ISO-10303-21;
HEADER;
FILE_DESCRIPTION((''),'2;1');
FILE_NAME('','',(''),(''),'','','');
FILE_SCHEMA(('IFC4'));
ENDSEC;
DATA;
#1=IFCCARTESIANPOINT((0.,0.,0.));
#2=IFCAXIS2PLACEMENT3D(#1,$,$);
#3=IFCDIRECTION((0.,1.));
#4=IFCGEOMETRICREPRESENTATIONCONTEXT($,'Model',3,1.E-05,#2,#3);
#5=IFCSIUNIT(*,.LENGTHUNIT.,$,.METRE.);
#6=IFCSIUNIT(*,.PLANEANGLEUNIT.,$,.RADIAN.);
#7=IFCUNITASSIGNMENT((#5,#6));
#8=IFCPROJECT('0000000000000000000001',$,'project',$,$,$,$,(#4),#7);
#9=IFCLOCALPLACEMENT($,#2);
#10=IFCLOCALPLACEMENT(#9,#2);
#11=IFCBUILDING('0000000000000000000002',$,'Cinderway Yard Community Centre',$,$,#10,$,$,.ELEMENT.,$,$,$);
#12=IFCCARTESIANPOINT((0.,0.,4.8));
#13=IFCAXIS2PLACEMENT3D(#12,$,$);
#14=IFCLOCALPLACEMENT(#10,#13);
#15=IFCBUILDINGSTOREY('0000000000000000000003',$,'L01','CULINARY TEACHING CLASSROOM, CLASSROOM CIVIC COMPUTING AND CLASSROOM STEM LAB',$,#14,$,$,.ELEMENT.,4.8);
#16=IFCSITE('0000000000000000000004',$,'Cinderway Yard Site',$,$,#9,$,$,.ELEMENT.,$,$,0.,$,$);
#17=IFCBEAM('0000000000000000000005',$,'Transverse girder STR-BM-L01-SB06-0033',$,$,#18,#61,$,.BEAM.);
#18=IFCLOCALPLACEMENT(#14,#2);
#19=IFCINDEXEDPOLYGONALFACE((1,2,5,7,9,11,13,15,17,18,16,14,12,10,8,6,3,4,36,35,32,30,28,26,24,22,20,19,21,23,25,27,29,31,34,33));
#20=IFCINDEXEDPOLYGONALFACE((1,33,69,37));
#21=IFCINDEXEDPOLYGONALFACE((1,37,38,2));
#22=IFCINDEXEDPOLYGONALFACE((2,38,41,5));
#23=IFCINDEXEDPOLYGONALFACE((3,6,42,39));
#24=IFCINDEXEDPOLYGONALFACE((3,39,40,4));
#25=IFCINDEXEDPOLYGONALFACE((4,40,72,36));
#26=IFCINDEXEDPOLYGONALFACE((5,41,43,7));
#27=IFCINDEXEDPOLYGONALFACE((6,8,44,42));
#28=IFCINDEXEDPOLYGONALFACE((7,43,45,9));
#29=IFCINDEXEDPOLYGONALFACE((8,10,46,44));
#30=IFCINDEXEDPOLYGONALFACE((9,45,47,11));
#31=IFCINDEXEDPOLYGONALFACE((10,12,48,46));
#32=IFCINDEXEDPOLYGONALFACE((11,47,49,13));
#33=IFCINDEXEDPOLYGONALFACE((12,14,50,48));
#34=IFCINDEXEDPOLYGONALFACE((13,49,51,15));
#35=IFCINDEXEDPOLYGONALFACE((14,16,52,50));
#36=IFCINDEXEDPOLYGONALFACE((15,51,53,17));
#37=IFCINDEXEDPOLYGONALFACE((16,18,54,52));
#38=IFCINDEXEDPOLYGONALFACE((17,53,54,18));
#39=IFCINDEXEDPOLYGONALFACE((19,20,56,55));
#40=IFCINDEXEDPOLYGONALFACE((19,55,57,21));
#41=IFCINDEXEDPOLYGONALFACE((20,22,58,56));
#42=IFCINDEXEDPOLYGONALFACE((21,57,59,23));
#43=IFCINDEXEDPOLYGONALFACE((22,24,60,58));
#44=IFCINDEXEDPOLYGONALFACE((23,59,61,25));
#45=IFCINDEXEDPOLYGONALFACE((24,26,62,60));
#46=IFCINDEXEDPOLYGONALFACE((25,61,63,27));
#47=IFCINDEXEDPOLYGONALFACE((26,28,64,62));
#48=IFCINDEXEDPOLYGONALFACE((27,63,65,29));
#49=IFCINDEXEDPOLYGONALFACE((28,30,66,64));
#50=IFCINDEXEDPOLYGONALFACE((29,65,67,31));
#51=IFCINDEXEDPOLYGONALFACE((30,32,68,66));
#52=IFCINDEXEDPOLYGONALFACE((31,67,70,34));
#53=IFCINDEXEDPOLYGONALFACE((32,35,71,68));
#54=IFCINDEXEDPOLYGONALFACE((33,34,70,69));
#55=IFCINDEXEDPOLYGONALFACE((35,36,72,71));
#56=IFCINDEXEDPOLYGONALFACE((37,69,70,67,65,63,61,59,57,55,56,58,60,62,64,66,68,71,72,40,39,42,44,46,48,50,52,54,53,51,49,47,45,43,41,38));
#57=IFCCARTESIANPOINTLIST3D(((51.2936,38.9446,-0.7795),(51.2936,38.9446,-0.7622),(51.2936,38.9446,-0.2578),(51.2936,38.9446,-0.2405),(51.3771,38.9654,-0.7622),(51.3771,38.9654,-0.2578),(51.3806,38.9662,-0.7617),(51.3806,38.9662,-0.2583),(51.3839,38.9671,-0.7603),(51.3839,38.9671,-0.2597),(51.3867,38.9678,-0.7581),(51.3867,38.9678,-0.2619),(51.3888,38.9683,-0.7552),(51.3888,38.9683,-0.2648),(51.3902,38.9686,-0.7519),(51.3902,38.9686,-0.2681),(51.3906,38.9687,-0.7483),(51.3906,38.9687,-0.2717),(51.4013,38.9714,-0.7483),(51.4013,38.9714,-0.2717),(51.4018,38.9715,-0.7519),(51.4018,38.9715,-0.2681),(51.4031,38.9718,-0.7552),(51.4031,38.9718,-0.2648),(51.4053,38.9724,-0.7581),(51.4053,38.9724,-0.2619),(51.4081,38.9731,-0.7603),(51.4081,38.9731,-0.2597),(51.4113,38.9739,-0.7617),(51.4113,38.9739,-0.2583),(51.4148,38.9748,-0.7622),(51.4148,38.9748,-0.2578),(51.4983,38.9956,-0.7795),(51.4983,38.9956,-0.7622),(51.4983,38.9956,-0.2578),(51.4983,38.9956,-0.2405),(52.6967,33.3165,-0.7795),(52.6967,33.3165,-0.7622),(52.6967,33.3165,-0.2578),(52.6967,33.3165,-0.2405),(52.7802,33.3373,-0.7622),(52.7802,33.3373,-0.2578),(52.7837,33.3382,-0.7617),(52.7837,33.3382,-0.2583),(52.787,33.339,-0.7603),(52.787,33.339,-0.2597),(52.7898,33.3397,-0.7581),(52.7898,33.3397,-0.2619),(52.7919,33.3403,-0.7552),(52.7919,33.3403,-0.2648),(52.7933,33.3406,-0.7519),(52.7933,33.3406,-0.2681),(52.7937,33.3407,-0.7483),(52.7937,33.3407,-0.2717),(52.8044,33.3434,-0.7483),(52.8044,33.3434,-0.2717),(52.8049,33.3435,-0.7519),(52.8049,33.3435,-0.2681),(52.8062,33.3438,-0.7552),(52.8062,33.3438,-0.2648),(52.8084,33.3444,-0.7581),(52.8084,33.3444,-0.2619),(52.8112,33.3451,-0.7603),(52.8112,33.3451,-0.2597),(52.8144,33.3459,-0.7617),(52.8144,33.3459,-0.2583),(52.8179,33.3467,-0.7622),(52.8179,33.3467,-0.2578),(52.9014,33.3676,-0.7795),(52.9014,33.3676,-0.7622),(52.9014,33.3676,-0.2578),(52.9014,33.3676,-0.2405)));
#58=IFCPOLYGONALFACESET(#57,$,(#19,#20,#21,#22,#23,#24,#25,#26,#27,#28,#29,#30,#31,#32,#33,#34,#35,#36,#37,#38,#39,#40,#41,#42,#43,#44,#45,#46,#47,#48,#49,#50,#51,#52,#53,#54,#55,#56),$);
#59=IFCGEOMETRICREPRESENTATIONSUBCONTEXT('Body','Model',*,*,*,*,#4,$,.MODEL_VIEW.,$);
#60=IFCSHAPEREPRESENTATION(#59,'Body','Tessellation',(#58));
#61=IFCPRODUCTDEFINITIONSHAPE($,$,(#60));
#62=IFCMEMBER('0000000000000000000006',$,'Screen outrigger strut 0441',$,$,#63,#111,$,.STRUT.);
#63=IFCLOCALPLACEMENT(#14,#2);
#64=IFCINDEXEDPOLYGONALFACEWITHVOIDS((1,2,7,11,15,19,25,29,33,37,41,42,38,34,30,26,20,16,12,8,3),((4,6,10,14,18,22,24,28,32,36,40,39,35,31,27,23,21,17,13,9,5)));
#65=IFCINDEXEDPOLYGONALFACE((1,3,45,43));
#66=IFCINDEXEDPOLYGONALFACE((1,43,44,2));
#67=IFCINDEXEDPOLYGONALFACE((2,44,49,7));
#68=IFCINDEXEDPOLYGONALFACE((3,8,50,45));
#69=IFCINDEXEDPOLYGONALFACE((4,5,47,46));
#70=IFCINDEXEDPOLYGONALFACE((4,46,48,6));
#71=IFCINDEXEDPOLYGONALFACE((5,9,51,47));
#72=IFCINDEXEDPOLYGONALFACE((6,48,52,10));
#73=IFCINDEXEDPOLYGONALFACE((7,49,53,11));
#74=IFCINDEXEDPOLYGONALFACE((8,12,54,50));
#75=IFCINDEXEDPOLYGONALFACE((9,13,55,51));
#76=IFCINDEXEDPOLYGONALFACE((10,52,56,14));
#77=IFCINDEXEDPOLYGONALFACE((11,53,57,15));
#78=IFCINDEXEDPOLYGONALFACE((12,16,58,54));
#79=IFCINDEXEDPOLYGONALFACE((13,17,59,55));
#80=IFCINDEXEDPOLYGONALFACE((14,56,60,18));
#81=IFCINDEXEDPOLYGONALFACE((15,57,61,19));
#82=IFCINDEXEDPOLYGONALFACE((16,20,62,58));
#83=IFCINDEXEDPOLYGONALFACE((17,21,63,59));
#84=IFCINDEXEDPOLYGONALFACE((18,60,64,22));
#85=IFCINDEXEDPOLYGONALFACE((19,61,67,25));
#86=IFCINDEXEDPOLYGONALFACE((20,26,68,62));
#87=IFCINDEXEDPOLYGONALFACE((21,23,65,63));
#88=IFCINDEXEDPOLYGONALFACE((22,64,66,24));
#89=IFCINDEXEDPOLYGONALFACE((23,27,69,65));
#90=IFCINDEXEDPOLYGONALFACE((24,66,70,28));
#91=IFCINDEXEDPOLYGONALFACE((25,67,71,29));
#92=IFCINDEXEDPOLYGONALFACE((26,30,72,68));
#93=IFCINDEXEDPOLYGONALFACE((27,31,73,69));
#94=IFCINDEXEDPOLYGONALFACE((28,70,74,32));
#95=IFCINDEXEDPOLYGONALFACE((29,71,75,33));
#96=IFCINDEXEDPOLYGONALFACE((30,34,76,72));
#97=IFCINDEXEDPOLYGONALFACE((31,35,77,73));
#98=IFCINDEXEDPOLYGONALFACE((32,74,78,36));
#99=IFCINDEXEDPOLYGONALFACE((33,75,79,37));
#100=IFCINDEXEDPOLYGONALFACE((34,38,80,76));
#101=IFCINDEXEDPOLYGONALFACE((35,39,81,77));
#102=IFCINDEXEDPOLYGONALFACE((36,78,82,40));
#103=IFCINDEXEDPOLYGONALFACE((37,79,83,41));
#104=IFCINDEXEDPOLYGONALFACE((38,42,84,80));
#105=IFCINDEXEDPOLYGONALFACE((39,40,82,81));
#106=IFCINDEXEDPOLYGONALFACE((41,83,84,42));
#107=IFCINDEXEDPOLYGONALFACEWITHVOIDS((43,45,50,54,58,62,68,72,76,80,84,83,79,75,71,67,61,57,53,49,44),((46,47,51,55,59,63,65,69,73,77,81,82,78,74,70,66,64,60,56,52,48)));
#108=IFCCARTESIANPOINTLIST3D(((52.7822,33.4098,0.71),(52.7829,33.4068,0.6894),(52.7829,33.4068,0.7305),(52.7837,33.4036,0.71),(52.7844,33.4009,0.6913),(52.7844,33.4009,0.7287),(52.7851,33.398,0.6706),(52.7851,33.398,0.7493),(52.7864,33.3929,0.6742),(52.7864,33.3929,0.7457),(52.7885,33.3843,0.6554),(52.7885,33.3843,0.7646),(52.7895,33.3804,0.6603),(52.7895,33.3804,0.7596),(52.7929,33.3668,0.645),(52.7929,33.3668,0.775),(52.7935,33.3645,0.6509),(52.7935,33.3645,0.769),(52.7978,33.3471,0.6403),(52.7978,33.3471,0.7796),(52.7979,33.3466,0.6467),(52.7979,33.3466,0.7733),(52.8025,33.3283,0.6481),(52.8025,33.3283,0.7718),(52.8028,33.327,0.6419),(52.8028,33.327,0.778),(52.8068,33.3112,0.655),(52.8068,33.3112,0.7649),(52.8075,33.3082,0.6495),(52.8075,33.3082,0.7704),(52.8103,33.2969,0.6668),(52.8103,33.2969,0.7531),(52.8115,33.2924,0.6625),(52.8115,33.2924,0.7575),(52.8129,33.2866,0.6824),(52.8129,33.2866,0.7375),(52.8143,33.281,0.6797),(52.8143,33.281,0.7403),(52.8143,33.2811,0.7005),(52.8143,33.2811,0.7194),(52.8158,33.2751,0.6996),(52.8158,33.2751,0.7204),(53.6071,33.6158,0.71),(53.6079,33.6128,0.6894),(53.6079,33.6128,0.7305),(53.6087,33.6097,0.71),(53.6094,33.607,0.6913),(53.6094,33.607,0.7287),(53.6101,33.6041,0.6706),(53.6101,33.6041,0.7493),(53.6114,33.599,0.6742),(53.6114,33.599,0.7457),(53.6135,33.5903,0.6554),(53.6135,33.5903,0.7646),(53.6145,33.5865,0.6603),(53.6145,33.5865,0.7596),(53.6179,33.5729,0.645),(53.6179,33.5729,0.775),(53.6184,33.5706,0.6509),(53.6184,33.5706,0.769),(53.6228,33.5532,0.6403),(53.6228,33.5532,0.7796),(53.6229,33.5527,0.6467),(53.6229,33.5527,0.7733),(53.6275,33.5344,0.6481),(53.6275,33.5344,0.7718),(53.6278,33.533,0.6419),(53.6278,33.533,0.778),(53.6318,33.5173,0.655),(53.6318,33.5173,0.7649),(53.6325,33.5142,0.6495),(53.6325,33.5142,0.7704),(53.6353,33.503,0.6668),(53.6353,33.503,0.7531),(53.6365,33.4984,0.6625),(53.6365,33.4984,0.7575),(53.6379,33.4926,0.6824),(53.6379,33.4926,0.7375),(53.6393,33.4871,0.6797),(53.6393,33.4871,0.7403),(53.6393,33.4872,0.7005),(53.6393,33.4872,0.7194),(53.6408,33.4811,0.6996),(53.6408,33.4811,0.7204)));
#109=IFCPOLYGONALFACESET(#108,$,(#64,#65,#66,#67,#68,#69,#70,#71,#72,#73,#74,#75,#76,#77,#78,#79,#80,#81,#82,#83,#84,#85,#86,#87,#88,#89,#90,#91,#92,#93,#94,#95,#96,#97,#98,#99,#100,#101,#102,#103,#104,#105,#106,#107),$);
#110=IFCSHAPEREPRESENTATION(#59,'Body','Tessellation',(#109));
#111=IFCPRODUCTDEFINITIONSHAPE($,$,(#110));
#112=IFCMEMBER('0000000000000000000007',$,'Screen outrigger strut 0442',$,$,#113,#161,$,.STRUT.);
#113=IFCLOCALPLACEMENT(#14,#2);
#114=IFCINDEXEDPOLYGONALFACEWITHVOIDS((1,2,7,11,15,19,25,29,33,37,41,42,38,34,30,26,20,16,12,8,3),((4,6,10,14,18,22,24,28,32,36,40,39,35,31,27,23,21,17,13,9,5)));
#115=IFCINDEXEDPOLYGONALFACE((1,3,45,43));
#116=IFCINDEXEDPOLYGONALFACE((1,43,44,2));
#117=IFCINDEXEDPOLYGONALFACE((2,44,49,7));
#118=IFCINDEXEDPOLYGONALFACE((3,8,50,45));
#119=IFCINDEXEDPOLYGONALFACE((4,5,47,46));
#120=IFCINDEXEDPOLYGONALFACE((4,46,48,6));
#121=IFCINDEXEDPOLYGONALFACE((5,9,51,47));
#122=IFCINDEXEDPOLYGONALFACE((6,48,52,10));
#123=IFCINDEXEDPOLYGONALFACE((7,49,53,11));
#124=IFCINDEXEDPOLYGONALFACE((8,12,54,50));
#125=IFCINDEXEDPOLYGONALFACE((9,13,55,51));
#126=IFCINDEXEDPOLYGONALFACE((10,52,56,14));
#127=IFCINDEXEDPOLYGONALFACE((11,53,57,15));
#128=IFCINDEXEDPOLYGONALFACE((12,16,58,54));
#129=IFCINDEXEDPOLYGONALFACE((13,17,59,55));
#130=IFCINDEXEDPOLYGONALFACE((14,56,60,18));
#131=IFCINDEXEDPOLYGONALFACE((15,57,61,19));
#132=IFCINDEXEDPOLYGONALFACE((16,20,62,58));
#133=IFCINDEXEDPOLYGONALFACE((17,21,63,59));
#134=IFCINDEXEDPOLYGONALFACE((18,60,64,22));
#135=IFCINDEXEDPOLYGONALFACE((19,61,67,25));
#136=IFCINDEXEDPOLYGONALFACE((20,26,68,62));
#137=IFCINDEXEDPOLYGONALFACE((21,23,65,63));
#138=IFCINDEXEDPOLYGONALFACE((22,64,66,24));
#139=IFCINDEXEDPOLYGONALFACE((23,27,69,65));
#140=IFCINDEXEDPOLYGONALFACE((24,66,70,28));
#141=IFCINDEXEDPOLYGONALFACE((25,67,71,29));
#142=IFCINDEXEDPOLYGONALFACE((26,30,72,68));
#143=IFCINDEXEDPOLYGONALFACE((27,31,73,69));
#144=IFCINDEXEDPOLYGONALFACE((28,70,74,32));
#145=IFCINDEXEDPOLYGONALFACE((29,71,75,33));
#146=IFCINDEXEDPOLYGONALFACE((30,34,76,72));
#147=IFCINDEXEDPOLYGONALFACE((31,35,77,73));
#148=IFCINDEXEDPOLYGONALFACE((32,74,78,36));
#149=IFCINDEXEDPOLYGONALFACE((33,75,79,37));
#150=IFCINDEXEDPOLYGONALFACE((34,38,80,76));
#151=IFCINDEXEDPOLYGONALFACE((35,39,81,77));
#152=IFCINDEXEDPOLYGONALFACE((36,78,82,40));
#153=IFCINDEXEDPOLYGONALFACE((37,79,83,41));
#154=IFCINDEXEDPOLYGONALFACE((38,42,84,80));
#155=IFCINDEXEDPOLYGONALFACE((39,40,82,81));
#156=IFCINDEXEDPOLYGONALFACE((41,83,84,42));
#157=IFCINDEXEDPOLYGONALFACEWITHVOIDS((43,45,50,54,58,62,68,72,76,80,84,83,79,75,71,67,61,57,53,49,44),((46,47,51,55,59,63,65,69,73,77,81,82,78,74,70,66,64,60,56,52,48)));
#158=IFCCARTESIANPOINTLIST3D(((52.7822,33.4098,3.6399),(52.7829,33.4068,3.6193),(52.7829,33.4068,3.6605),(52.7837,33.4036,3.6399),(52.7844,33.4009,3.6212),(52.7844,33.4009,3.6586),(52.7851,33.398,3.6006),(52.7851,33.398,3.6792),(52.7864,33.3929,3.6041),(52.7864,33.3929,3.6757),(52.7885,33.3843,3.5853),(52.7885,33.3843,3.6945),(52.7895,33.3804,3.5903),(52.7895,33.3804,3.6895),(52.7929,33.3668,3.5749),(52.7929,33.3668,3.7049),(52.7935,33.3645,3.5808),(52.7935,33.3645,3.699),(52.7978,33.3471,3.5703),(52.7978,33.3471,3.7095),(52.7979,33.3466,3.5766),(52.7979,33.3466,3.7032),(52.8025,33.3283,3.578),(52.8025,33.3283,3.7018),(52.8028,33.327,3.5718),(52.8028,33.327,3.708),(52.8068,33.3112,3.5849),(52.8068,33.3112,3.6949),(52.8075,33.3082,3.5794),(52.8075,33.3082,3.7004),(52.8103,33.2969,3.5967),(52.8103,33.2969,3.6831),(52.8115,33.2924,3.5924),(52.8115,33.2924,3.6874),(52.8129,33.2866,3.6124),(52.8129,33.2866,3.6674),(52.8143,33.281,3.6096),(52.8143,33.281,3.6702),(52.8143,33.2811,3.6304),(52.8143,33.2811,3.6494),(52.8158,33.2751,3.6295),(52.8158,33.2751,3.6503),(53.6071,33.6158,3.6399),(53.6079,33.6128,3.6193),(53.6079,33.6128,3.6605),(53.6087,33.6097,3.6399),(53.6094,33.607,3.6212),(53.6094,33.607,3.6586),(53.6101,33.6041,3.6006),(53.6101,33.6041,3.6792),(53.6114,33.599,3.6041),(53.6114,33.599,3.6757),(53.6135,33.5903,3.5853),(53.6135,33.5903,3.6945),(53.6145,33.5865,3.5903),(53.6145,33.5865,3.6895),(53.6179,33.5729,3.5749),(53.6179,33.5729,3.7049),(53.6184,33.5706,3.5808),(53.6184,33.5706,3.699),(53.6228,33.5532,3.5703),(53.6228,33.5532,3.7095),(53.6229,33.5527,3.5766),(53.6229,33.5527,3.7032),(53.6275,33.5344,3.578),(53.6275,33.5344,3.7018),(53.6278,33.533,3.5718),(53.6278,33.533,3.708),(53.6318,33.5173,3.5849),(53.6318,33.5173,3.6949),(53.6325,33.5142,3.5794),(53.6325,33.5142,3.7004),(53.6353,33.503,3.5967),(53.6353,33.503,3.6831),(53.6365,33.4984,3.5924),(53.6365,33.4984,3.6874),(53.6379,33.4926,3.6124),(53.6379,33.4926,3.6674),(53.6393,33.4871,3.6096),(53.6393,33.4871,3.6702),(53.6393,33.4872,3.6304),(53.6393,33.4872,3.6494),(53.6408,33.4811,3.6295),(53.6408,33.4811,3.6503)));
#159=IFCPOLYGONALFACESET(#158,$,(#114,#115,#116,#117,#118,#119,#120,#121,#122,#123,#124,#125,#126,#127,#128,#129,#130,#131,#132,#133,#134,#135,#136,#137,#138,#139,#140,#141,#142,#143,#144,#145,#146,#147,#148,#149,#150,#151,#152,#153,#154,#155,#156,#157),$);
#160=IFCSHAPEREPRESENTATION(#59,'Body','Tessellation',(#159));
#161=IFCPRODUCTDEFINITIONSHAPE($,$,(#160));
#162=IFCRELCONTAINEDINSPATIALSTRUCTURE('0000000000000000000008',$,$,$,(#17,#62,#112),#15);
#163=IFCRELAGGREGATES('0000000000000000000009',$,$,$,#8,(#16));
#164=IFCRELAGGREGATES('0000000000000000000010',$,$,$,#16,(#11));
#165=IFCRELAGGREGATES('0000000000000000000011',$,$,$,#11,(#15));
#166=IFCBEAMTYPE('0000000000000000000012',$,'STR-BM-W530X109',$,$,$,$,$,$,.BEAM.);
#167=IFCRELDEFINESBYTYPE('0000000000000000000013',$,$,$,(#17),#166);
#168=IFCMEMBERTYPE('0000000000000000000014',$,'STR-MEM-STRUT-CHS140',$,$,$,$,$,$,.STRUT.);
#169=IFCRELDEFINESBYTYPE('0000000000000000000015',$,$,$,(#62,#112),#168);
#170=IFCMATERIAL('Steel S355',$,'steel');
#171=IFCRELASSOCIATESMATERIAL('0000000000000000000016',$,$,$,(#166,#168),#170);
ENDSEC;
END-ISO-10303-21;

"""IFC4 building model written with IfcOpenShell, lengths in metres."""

from ifc_helpers import new_model, si_unit, direction, frame, origin, origin_2d, place, context, subcontext, project, spatial, hollow_circle, i_section, extrude, material, material_profile, profile_set, type_object, element, save


model = new_model("IFC4")

# Units and contexts
model_context = context("Model", 3, precision=1e-05, world=origin(), true_north=direction((0.0, 1.0)))
body_context = subcontext(model_context, "Body", "Model", "MODEL_VIEW")
ifc_project = project(units=[si_unit("LENGTHUNIT", "METRE"), si_unit("PLANEANGLEUNIT", "RADIAN")], contexts=[model_context])

# Site, building, storey
site_placement = place(None, origin())
site = spatial("IfcSite", under=ifc_project, at=site_placement, Name="Cinderway Yard Site", CompositionType="ELEMENT", RefElevation=0.0)
building_placement = place(site_placement, origin())
building = spatial("IfcBuilding", under=site, at=building_placement, Name="Cinderway Yard Community Centre", CompositionType="ELEMENT")
storey_placement = place(building_placement, frame((0.0, 0.0, 4.8)))
storey = spatial("IfcBuildingStorey", under=building, at=storey_placement, Name="L01", Description="CULINARY TEACHING CLASSROOM, CLASSROOM CIVIC COMPUTING AND CLASSROOM STEM LAB", CompositionType="ELEMENT", Elevation=4.8)

# Shared definitions
ifc_material_1 = material(Name="Steel S355", Category="steel")

# Beam
ifc_material_profile_1 = material_profile(ifc_material_1, i_section(OverallWidth=0.2109, OverallDepth=0.5391, WebThickness=0.011, FlangeThickness=0.0173, FilletRadius=0.0139, at=origin_2d()), Name="Steel S355")
ifc_profile_set_1 = profile_set([ifc_material_profile_1], Name="Steel S355")
beam_type_1 = type_object("IfcBeamType", Name="STR-BM-W530X109", PredefinedType="BEAM", material=ifc_profile_set_1)
beam_1_placement = place(storey_placement, frame((52.7991, 33.342, -0.51), z_axis=(-0.241902, 0.970301, 0.0), x_axis=(-0.970301, -0.241902, 0.0)))
element("IfcBeam", 1, at=beam_1_placement, inside=storey, type_object=beam_type_1, Name="Transverse girder STR-BM-L01-SB06-0033", PredefinedType="BEAM", context=body_context, shape_type="SweptSolid", body=[
    extrude(i_section(OverallWidth=0.2109, OverallDepth=0.5391, WebThickness=0.011, FlangeThickness=0.0173, FilletRadius=0.0139, at=origin_2d()), origin(), (0.0, 0.0, 1.0), 5.8003),
])

# Members
ifc_material_profile_2 = material_profile(ifc_material_1, hollow_circle(Radius=0.0698, WallThickness=0.0063, at=origin_2d()), Name="Steel S355")
ifc_profile_set_2 = profile_set([ifc_material_profile_2], Name="Steel S355")
member_type_1 = type_object("IfcMemberType", Name="STR-MEM-STRUT-CHS140", PredefinedType="STRUT", material=ifc_profile_set_2)
for number, where, z_axis, x_axis, name in (
    (2, (52.7991, 33.342, 0.71), (0.970193, 0.242333, 0.0), (-0.242333, 0.970193, 0.0), "Screen outrigger strut 0441"),
    (3, (52.7991, 33.342, 3.6399), (0.970193, 0.242333, 0.0), (-0.242333, 0.970193, 0.0), "Screen outrigger strut 0442"),
):
    element("IfcMember", number, at=place(storey_placement, frame(where, z_axis=z_axis, x_axis=x_axis)), inside=storey, type_object=member_type_1, Name=name, PredefinedType="STRUT", context=body_context, shape_type="SweptSolid", body=[
        extrude(hollow_circle(Radius=0.0698, WallThickness=0.0063, at=origin_2d()), origin(), (0.0, 0.0, 1.0), 0.8503),
    ])

save(model, "model.ifc")
